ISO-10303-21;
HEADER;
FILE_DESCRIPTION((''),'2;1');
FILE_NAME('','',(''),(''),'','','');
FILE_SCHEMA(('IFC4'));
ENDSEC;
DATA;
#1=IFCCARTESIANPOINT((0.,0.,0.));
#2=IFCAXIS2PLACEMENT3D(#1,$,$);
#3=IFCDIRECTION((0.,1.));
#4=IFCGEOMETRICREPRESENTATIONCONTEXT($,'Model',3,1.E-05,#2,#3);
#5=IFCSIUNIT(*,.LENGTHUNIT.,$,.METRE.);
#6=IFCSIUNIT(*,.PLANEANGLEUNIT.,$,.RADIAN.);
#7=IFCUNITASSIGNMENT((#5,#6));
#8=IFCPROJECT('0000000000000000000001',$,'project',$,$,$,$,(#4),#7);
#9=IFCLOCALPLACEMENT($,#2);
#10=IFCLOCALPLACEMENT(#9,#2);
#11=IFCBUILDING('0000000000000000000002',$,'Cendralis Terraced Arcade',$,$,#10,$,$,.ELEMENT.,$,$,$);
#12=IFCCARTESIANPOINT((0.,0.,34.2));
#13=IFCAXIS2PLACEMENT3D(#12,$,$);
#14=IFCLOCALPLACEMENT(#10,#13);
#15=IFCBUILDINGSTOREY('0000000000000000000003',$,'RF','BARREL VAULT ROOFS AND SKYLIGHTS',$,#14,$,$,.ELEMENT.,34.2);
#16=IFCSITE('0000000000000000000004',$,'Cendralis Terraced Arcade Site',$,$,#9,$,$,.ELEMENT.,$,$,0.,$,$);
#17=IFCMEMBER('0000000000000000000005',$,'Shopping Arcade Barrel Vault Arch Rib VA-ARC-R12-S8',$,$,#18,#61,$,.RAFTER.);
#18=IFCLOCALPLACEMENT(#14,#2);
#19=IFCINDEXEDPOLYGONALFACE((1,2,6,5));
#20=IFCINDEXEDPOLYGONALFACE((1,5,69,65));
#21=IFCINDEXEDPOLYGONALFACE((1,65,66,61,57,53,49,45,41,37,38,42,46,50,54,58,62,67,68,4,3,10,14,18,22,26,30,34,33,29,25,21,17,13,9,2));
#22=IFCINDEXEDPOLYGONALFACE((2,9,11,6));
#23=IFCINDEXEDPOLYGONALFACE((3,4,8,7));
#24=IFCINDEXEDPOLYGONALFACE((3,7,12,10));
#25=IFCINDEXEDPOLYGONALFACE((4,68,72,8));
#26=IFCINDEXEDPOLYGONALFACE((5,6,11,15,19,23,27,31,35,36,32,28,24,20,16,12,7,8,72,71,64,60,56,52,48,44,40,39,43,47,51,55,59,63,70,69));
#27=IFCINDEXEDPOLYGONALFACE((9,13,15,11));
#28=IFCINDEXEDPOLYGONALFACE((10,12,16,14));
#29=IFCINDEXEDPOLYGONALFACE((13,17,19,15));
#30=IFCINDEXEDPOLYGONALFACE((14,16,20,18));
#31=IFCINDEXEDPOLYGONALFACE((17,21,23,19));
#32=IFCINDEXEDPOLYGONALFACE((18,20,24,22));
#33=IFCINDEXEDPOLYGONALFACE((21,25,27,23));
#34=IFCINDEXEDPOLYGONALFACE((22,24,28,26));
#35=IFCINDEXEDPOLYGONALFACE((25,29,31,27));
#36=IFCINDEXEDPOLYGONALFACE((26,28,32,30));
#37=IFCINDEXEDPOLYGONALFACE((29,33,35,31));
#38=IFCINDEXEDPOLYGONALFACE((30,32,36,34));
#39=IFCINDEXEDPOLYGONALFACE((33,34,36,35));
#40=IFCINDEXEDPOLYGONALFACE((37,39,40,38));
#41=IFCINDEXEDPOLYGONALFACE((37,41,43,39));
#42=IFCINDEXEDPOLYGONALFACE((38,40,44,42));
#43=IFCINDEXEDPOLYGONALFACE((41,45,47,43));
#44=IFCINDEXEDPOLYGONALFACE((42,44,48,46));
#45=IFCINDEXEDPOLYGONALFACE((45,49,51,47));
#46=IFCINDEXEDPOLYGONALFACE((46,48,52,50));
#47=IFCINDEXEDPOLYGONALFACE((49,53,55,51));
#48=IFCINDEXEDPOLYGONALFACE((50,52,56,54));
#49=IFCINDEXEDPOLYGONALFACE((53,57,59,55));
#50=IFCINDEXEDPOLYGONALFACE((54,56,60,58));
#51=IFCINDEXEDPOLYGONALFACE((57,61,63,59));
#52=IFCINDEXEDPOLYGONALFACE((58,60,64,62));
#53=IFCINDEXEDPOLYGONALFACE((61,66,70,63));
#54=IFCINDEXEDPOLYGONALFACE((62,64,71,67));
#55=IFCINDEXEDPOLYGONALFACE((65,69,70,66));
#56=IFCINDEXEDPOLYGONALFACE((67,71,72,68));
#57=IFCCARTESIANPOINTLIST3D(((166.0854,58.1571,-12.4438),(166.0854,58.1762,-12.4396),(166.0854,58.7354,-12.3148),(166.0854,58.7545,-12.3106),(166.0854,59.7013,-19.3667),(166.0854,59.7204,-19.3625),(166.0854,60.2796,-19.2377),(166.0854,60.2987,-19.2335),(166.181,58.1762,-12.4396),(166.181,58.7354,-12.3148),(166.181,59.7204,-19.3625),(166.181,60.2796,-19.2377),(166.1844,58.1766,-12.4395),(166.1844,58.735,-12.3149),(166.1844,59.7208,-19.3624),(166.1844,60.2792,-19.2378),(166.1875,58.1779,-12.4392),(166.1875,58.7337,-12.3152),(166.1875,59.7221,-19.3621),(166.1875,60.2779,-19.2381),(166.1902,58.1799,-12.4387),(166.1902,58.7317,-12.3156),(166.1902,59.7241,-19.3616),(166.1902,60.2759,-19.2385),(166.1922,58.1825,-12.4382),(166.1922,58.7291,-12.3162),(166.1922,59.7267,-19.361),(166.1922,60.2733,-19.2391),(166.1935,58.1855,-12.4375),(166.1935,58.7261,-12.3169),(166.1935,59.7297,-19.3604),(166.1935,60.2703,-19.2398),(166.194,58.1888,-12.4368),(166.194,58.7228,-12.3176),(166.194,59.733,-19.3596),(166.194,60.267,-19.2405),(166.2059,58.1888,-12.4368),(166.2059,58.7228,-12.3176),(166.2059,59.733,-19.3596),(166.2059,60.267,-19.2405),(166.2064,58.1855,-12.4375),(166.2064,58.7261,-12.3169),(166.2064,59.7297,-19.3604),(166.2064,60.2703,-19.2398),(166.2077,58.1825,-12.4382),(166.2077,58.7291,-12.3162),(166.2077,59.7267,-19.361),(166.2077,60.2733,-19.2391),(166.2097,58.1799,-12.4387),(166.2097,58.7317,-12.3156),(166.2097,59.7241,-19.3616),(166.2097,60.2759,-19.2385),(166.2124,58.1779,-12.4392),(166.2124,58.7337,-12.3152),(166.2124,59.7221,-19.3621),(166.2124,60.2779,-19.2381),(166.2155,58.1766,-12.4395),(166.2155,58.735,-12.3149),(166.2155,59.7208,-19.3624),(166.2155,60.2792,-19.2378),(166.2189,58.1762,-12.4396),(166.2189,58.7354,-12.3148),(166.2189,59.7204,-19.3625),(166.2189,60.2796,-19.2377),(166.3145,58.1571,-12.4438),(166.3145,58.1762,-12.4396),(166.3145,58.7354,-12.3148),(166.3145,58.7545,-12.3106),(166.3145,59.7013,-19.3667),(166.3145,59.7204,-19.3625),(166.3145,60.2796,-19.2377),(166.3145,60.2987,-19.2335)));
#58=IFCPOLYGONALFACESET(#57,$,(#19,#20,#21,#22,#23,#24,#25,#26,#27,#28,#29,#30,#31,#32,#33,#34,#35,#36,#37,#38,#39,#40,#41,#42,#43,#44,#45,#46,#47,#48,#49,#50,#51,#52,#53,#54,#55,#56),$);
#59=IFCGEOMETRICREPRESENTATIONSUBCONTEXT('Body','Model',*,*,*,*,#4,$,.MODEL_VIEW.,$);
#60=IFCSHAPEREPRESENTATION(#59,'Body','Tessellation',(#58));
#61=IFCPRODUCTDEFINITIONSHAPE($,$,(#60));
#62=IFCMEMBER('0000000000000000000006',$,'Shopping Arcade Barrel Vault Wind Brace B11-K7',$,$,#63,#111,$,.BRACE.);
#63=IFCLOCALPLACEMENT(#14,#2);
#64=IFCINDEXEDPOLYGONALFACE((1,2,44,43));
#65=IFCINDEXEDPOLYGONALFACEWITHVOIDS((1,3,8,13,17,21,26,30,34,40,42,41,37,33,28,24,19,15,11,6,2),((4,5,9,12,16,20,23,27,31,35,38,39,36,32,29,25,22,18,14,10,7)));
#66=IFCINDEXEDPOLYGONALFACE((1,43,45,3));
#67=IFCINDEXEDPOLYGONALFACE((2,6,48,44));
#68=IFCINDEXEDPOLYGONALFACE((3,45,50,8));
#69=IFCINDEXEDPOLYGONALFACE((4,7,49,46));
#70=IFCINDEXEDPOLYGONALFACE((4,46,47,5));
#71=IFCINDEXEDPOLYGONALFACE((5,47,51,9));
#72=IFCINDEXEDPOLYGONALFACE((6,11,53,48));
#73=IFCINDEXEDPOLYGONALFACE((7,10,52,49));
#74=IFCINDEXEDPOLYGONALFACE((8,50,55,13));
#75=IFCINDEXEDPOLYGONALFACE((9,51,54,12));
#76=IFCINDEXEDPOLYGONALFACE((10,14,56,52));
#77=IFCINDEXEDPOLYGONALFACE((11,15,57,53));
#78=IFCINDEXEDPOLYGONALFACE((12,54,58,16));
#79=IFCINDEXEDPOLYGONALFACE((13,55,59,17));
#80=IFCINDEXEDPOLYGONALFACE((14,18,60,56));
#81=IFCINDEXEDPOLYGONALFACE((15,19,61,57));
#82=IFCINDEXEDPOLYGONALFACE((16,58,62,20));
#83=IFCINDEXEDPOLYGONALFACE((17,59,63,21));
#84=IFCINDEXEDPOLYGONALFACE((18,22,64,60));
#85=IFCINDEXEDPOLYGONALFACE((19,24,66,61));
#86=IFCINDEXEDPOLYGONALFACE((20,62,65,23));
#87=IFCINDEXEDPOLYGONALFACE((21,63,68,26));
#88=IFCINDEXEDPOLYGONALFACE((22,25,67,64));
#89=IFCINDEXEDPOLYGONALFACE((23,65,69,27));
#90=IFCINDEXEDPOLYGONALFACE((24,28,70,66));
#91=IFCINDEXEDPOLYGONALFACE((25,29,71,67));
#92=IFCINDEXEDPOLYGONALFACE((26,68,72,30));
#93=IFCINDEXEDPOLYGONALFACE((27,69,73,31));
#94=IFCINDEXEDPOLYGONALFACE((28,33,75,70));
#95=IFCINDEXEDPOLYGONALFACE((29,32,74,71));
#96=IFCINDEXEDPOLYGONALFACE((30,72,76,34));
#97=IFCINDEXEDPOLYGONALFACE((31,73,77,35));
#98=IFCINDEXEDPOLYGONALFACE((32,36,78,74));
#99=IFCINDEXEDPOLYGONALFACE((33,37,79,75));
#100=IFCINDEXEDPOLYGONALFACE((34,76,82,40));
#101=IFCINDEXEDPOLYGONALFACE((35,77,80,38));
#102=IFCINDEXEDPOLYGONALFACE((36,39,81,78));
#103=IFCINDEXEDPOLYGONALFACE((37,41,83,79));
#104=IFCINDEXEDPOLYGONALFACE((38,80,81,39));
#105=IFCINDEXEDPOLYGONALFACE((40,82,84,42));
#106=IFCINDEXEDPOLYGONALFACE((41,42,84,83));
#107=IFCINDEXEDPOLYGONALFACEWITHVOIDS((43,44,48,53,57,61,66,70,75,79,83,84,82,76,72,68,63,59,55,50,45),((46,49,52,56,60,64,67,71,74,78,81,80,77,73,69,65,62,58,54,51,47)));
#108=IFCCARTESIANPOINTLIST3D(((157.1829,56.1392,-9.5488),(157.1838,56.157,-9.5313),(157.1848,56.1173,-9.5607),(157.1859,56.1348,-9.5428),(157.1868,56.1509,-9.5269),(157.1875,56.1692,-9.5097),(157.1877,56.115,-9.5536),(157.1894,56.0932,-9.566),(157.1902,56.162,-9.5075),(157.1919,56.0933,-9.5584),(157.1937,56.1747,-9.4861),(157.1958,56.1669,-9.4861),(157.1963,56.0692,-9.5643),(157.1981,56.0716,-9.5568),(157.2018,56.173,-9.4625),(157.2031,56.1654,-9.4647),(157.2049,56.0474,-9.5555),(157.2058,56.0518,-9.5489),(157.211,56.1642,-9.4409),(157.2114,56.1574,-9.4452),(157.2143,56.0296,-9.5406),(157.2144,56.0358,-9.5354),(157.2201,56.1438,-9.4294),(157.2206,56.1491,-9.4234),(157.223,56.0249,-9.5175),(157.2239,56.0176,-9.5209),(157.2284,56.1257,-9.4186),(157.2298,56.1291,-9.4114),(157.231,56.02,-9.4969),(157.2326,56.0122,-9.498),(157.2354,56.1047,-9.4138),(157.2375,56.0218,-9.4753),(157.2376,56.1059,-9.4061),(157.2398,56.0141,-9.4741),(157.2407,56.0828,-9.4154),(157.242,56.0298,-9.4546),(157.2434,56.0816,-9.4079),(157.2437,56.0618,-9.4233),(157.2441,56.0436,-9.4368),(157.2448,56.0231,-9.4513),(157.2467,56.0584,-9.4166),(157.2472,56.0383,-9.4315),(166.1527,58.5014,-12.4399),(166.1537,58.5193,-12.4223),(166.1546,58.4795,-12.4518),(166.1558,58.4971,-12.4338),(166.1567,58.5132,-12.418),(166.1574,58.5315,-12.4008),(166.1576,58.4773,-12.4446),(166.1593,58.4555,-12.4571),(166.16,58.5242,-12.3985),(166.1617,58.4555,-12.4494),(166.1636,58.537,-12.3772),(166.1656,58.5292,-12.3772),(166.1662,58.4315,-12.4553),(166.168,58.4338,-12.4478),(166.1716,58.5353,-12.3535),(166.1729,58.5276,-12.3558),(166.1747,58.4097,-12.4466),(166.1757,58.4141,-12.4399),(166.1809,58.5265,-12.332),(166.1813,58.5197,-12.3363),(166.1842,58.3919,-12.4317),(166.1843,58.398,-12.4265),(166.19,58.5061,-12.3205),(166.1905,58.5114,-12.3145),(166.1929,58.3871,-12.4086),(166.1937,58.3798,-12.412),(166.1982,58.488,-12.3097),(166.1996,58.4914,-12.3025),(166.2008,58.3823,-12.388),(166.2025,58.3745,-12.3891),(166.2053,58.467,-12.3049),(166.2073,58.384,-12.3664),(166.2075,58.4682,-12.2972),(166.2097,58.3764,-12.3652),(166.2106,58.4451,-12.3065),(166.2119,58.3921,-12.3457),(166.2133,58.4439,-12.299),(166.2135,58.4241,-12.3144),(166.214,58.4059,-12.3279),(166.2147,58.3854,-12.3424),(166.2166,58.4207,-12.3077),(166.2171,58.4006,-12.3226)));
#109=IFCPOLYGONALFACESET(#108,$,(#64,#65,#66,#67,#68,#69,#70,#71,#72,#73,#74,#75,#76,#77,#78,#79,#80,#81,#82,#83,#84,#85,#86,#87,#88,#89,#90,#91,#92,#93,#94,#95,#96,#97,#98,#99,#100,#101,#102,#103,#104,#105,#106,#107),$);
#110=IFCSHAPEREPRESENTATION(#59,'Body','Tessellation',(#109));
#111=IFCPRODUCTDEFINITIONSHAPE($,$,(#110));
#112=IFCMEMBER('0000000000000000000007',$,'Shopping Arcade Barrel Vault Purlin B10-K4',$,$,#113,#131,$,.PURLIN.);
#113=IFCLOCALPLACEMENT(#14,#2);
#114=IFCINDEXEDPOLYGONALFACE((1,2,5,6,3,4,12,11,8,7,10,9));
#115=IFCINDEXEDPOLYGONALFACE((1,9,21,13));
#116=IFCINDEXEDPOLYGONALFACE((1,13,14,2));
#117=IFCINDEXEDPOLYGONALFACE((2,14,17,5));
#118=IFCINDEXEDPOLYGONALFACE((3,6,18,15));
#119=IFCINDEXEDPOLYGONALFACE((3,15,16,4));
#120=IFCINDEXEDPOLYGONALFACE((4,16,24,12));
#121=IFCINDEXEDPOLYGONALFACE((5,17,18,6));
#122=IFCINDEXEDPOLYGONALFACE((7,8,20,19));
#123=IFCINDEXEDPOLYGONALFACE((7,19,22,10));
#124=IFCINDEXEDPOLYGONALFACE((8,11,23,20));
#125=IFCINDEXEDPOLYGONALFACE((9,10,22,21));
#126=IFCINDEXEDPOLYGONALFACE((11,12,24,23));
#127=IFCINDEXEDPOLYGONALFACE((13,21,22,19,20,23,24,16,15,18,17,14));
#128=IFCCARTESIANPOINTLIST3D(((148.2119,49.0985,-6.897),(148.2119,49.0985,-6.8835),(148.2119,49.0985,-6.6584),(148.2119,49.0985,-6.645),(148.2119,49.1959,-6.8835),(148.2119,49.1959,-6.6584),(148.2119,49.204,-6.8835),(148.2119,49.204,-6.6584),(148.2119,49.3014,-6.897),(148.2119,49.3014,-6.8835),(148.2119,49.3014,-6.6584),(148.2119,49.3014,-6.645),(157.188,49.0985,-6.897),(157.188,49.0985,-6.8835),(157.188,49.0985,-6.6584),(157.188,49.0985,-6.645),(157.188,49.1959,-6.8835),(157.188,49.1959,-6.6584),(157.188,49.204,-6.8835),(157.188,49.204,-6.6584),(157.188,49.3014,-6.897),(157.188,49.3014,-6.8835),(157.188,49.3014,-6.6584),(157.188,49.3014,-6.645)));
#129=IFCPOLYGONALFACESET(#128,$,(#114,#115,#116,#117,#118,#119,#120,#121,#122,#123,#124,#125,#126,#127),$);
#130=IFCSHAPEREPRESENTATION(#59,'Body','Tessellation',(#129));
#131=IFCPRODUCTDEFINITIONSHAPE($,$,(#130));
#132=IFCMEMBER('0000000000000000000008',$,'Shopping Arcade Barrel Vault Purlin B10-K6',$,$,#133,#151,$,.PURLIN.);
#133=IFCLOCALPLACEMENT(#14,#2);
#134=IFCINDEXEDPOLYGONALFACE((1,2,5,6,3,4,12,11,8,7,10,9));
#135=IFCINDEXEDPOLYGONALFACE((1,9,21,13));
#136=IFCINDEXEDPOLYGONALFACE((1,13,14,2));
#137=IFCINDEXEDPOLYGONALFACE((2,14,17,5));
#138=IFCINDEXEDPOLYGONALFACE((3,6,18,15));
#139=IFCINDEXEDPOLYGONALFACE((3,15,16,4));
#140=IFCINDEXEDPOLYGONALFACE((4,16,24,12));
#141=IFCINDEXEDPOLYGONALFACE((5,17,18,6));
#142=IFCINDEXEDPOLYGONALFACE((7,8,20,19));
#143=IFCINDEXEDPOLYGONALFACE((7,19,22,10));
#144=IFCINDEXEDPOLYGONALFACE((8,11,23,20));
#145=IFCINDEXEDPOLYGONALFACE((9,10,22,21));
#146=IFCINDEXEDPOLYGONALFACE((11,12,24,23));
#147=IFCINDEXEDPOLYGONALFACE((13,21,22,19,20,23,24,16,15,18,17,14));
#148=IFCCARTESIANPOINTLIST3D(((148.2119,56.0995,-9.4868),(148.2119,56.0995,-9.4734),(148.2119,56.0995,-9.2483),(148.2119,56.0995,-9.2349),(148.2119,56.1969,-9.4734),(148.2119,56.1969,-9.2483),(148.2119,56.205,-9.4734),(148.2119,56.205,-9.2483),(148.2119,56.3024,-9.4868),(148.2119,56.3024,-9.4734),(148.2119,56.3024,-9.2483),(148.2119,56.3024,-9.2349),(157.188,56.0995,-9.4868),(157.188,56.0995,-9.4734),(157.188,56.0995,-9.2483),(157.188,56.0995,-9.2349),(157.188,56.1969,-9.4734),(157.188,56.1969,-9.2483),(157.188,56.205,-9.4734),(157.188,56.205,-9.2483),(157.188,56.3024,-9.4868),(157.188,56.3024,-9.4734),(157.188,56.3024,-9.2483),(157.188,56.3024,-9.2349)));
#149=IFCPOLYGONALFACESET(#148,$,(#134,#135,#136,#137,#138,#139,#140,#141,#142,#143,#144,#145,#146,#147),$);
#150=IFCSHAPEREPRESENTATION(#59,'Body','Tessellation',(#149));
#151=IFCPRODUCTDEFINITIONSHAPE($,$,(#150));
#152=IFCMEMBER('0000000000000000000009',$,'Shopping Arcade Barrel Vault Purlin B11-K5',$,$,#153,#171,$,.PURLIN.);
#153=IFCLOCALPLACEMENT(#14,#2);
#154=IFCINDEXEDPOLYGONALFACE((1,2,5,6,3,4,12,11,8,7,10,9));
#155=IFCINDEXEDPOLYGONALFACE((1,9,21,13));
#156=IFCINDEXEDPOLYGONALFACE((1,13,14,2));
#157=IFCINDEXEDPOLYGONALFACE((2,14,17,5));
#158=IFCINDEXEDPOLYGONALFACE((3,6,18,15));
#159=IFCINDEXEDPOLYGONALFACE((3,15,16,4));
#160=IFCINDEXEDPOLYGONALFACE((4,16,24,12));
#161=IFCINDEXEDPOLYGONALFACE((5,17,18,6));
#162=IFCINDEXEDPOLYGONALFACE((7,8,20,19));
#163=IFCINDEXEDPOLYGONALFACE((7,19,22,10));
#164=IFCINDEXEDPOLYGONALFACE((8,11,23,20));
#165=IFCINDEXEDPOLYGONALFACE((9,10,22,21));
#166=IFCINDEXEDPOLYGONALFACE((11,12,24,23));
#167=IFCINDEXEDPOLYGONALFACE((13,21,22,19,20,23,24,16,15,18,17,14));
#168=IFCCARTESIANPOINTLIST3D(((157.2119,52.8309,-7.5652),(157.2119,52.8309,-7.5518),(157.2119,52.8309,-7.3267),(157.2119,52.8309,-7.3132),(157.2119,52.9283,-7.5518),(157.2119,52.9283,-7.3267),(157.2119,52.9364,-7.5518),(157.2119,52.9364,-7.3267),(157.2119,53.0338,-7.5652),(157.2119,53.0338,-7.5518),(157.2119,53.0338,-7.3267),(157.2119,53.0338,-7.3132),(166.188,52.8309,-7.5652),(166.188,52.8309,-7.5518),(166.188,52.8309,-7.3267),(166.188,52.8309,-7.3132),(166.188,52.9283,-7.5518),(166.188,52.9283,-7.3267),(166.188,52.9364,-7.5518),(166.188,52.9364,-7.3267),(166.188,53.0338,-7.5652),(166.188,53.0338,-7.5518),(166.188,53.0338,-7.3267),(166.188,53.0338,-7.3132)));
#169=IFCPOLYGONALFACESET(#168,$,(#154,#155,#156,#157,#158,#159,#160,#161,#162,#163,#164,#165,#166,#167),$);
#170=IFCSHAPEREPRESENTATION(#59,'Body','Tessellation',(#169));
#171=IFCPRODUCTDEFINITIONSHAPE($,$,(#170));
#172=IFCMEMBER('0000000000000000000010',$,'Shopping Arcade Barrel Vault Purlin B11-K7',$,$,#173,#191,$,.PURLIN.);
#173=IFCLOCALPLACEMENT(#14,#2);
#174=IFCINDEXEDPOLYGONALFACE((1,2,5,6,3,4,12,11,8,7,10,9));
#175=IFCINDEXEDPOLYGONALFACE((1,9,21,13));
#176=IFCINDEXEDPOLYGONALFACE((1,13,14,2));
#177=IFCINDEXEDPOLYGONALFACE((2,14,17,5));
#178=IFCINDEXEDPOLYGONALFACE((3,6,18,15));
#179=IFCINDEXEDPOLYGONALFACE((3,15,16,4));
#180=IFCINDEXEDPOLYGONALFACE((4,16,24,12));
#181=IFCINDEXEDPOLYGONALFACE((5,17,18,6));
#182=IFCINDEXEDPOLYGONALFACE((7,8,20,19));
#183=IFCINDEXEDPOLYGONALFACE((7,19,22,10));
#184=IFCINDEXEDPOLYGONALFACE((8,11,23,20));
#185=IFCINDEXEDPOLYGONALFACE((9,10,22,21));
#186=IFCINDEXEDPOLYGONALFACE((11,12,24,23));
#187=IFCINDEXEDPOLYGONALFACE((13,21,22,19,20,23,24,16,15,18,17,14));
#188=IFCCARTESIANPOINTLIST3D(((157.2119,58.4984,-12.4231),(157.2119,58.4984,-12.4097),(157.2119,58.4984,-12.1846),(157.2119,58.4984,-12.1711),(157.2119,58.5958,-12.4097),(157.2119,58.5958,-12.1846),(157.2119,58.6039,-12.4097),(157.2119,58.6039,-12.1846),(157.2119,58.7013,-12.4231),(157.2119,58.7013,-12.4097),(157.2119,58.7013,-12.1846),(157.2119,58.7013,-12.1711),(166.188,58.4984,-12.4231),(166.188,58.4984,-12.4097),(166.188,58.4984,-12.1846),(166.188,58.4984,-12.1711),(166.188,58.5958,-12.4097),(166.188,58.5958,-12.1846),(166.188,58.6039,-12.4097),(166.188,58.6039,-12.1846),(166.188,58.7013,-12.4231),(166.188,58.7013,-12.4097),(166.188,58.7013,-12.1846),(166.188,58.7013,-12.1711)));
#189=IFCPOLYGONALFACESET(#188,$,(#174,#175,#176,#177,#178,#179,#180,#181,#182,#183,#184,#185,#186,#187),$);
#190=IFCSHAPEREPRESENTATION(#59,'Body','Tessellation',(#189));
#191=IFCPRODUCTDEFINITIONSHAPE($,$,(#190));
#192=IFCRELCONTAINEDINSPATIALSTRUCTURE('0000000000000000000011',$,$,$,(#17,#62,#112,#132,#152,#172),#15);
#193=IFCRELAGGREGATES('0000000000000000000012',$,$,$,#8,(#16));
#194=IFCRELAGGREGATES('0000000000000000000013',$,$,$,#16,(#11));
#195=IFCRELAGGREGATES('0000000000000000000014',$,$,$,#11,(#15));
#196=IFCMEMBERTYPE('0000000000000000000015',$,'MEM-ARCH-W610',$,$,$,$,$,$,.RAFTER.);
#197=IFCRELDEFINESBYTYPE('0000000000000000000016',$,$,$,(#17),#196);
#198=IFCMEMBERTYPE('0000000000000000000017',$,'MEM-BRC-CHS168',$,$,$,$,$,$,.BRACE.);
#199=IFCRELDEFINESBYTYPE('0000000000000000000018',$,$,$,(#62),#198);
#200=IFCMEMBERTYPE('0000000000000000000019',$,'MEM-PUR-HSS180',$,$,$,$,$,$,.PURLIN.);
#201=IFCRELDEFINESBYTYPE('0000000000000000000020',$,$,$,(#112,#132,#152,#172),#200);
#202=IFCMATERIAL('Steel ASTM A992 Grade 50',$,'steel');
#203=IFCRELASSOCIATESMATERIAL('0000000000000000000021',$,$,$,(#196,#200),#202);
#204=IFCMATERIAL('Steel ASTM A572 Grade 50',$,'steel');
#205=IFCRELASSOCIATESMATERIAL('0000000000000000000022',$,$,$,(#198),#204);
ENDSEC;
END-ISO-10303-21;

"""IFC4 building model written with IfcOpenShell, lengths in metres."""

from ifc_helpers import new_model, si_unit, direction, frame, origin, origin_2d, place, context, subcontext, project, spatial, hollow_circle, i_section, extrude, material, material_profile, profile_set, type_object, element, save


model = new_model("IFC4")

# Units and contexts
model_context = context("Model", 3, precision=1e-05, world=origin(), true_north=direction((0.0, 1.0)))
body_context = subcontext(model_context, "Body", "Model", "MODEL_VIEW")
ifc_project = project(units=[si_unit("LENGTHUNIT", "METRE"), si_unit("PLANEANGLEUNIT", "RADIAN")], contexts=[model_context])

# Site, building, storey
site_placement = place(None, origin())
site = spatial("IfcSite", under=ifc_project, at=site_placement, Name="Cendralis Terraced Arcade Site", CompositionType="ELEMENT", RefElevation=0.0)
building_placement = place(site_placement, origin())
building = spatial("IfcBuilding", under=site, at=building_placement, Name="Cendralis Terraced Arcade", CompositionType="ELEMENT")
storey_placement = place(building_placement, frame((0.0, 0.0, 34.2)))
storey = spatial("IfcBuildingStorey", under=building, at=storey_placement, Name="RF", Description="BARREL VAULT ROOFS AND SKYLIGHTS", CompositionType="ELEMENT", Elevation=34.2)

# Members
ifc_material_1 = material(Name="Steel ASTM A992 Grade 50", Category="steel")
ifc_material_profile_1 = material_profile(ifc_material_1, i_section(OverallWidth=0.229, OverallDepth=0.6121, WebThickness=0.012, FlangeThickness=0.0195, FilletRadius=0.0129, at=origin_2d()), Name="W610X125", Category="LoadBearing")
ifc_profile_set_1 = profile_set([ifc_material_profile_1], Name="Steel ASTM A992 Grade 50")
member_type_1 = type_object("IfcMemberType", Name="MEM-ARCH-W610", PredefinedType="RAFTER", material=ifc_profile_set_1)
member_1_placement = place(storey_placement, frame((166.2, 58.4558, -12.3772), z_axis=(0.0, 0.217707, -0.976014), x_axis=(-1.0, 0.0, 0.0)))
element("IfcMember", 1, at=member_1_placement, inside=storey, type_object=member_type_1, Name="Shopping Arcade Barrel Vault Arch Rib VA-ARC-R12-S8", PredefinedType="RAFTER", context=body_context, shape_type="SweptSolid", body=[
    extrude(i_section(OverallWidth=0.229, OverallDepth=0.6121, WebThickness=0.012, FlangeThickness=0.0195, FilletRadius=0.0129, at=origin_2d()), origin(), (0.0, 0.0, 1.0), 7.093),
])
ifc_material_2 = material(Name="Steel ASTM A572 Grade 50", Category="steel")
ifc_material_profile_2 = material_profile(ifc_material_2, hollow_circle(Radius=0.084, WallThickness=0.0081, at=origin_2d()), Name="CHS168X8", Category="LoadBearing")
ifc_profile_set_2 = profile_set([ifc_material_profile_2], Name="Steel ASTM A572 Grade 50")
member_type_2 = type_object("IfcMemberType", Name="MEM-BRC-CHS168", PredefinedType="BRACE", material=ifc_profile_set_2)
member_2_placement = place(storey_placement, frame((157.2151, 56.0935, -9.4861), z_axis=(0.923223, 0.243137, -0.297564), x_axis=(-0.254673, 0.967027, 0.0)))
element("IfcMember", 2, at=member_2_placement, inside=storey, type_object=member_type_2, Name="Shopping Arcade Barrel Vault Wind Brace B11-K7", PredefinedType="BRACE", context=body_context, shape_type="SweptSolid", body=[
    extrude(hollow_circle(Radius=0.084, WallThickness=0.0081, at=origin_2d()), origin(), (0.0, 0.0, 1.0), 9.7158),
])
ifc_material_profile_3 = material_profile(ifc_material_1, i_section(OverallWidth=0.2029, OverallDepth=0.252, WebThickness=0.0081, FlangeThickness=0.0134, at=origin_2d()), Name="W250X58", Category="LoadBearing")
ifc_profile_set_3 = profile_set([ifc_material_profile_3], Name="Steel ASTM A992 Grade 50")
member_type_3 = type_object("IfcMemberType", Name="MEM-PUR-HSS180", PredefinedType="PURLIN", material=ifc_profile_set_3)
for number, where, z_axis, x_axis, name in (
    (3, (148.2119, 49.2, -6.771), (1.0, 0.0, 0.0), (0.0, 1.0, 0.0), "Shopping Arcade Barrel Vault Purlin B10-K4"),
    (4, (148.2119, 56.2009, -9.3608), (1.0, 0.0, 0.0), (0.0, 1.0, 0.0), "Shopping Arcade Barrel Vault Purlin B10-K6"),
    (5, (157.2119, 52.9324, -7.4392), (1.0, 0.0, 0.0), (0.0, 1.0, 0.0), "Shopping Arcade Barrel Vault Purlin B11-K5"),
    (6, (157.2119, 58.5999, -12.2971), (1.0, 0.0, 0.0), (0.0, 1.0, 0.0), "Shopping Arcade Barrel Vault Purlin B11-K7"),
):
    element("IfcMember", number, at=place(storey_placement, frame(where, z_axis=z_axis, x_axis=x_axis)), inside=storey, type_object=member_type_3, Name=name, PredefinedType="PURLIN", context=body_context, shape_type="SweptSolid", body=[
        extrude(i_section(OverallWidth=0.2029, OverallDepth=0.252, WebThickness=0.0081, FlangeThickness=0.0134, at=origin_2d()), origin(), (0.0, 0.0, 1.0), 8.9761),
    ])

save(model, "model.ifc")
